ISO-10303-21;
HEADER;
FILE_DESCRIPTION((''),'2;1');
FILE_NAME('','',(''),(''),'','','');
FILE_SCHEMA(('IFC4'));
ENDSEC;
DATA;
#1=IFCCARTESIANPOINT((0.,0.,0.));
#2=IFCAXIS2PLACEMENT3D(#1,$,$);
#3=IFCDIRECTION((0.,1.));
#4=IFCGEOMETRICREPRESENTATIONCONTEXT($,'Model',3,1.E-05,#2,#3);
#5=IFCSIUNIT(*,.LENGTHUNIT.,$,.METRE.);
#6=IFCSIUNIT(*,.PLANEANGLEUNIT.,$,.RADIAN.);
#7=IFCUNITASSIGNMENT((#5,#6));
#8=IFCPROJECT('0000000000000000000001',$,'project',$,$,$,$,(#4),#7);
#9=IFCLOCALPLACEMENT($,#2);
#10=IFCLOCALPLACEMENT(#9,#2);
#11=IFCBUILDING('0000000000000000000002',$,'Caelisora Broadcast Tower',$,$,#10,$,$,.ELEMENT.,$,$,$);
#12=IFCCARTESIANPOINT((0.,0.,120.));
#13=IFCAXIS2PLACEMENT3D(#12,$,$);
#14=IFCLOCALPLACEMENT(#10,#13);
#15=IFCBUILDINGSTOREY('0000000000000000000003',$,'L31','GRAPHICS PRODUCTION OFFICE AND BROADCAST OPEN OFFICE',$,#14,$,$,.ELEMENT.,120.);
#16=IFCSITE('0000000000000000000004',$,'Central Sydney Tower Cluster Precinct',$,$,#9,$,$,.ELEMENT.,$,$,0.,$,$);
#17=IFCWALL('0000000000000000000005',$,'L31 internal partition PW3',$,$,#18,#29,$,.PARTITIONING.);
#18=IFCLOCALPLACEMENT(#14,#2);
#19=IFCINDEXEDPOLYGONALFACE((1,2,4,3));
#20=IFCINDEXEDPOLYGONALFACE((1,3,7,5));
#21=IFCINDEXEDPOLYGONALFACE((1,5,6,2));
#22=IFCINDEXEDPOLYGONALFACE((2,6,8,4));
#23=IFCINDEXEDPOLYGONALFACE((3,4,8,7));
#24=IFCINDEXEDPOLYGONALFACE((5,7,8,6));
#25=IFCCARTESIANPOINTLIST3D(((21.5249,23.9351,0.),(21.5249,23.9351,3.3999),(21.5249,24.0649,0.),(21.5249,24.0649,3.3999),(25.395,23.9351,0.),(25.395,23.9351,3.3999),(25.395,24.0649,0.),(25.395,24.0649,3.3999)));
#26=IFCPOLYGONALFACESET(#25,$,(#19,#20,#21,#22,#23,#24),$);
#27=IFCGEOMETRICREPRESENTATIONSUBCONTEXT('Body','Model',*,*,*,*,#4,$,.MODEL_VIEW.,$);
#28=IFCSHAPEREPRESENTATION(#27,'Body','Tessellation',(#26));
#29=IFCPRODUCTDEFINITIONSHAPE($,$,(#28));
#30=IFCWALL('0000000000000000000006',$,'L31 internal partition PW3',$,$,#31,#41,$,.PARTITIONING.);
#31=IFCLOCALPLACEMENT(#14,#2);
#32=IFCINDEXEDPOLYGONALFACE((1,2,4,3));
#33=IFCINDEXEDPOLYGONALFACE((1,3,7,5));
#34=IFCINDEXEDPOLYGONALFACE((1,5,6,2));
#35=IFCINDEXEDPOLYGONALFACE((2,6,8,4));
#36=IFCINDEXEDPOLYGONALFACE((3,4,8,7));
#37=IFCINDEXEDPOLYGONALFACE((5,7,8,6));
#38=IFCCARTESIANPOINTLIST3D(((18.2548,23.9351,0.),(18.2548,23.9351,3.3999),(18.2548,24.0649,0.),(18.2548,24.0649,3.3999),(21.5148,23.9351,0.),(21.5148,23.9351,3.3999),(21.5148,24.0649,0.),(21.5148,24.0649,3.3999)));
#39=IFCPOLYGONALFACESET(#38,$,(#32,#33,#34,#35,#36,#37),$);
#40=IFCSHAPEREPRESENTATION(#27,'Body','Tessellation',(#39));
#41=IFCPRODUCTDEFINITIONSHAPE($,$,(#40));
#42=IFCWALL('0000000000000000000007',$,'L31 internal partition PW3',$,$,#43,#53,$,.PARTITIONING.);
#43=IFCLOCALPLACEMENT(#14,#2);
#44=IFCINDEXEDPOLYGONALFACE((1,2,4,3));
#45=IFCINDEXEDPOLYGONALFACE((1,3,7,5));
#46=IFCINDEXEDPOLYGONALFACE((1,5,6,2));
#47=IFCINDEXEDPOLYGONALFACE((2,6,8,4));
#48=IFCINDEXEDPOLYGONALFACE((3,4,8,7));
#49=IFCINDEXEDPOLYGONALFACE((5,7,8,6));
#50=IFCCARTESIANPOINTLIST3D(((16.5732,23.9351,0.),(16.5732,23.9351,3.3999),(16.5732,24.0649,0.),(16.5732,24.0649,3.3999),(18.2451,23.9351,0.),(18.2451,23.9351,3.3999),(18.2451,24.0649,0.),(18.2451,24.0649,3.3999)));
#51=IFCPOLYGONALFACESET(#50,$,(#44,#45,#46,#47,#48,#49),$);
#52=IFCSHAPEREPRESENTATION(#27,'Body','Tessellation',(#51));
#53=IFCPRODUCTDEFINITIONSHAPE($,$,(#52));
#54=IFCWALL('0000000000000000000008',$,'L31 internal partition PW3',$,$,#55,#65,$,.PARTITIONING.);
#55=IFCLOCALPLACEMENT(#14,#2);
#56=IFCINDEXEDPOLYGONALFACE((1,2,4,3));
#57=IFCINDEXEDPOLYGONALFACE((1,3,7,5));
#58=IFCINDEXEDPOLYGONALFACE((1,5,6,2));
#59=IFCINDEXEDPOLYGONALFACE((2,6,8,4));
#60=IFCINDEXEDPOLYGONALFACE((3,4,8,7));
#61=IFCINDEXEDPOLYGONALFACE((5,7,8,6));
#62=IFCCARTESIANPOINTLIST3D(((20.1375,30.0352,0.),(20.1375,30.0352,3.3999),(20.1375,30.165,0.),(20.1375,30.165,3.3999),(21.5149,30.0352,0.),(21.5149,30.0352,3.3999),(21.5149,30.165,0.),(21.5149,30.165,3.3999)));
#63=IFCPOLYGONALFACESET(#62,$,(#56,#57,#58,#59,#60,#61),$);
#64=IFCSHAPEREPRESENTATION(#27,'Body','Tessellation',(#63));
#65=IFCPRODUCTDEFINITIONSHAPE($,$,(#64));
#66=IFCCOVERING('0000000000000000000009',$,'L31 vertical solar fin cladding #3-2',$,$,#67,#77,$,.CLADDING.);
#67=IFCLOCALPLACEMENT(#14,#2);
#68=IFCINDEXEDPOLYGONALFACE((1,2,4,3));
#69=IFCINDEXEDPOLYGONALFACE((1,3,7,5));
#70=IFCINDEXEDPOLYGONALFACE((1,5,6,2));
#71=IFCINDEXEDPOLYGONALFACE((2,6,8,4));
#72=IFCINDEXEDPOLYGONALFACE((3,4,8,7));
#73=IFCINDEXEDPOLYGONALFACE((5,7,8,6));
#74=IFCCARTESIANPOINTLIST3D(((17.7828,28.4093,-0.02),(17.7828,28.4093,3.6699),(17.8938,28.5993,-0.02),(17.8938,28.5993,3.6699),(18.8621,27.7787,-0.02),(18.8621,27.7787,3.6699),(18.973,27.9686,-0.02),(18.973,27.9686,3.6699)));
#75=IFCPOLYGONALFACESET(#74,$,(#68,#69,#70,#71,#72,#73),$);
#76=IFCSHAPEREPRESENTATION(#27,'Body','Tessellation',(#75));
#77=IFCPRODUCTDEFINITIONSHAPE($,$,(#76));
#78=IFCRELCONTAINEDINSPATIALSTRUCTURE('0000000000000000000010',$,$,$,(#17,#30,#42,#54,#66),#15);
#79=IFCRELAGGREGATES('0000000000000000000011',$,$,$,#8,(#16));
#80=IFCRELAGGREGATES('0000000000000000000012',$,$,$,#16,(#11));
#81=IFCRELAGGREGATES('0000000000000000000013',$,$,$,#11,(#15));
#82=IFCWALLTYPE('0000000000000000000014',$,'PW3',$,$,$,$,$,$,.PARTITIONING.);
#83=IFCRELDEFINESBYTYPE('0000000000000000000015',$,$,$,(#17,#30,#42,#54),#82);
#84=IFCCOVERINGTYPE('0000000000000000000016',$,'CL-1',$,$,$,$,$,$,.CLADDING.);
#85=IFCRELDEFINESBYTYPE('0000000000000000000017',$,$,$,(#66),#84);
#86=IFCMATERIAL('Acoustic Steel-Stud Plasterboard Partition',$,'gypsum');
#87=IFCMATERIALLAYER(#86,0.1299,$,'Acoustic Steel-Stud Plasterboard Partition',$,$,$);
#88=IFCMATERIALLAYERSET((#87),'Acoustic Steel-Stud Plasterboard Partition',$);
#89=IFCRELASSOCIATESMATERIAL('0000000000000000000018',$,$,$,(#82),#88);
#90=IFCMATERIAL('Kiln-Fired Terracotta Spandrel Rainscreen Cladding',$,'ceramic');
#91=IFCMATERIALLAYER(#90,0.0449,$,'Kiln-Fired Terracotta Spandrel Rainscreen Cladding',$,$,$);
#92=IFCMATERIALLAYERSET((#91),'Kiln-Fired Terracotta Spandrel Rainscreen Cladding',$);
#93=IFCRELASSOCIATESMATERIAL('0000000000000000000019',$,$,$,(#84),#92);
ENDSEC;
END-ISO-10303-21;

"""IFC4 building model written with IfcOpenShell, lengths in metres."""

from ifc_helpers import new_model, si_unit, direction, frame, frame_2d, origin, origin_2d, place, context, subcontext, project, spatial, rectangle, extrude, source, transform, mapped, material, layer, layer_set, type_object, type_shapes, element, save


model = new_model("IFC4")

# Units and contexts
model_context = context("Model", 3, precision=1e-05, world=origin(), true_north=direction((0.0, 1.0)))
body_context = subcontext(model_context, "Body", "Model", "MODEL_VIEW")
ifc_project = project(units=[si_unit("LENGTHUNIT", "METRE"), si_unit("PLANEANGLEUNIT", "RADIAN")], contexts=[model_context])

# Site, building, storey
site_placement = place(None, origin())
site = spatial("IfcSite", under=ifc_project, at=site_placement, Name="Central Sydney Tower Cluster Precinct", CompositionType="ELEMENT", RefElevation=0.0)
building_placement = place(site_placement, origin())
building = spatial("IfcBuilding", under=site, at=building_placement, Name="Caelisora Broadcast Tower", CompositionType="ELEMENT")
storey_placement = place(building_placement, frame((0.0, 0.0, 120.0)))
storey = spatial("IfcBuildingStorey", under=building, at=storey_placement, Name="L31", Description="GRAPHICS PRODUCTION OFFICE AND BROADCAST OPEN OFFICE", CompositionType="ELEMENT", Elevation=120.0)

# Shared definitions
ifc_material_1 = material(Name="Acoustic Steel-Stud Plasterboard Partition", Category="gypsum")
ifc_layer_1 = layer(ifc_material_1, 0.1299, Name="Acoustic Steel-Stud Plasterboard Partition")
ifc_layer_set_1 = layer_set([ifc_layer_1], Name="Acoustic Steel-Stud Plasterboard Partition")
wall_type = type_object("IfcWallType", Name="PW3", PredefinedType="PARTITIONING", material=ifc_layer_set_1)

# Walls
wall_1_placement = place(storey_placement, frame((21.5249, 24.0, 0.0), z_axis=(0.0, 0.0, 1.0), x_axis=(1.0, 0.0, 0.0)))
element("IfcWall", 1, at=wall_1_placement, inside=storey, type_object=wall_type, Name="L31 internal partition PW3", PredefinedType="PARTITIONING", context=body_context, shape_type="SweptSolid", body=[
    extrude(rectangle(XDim=3.8701, YDim=0.1299, at=frame_2d((1.9351, 0.0))), origin(), (0.0, 0.0, 1.0), 3.3999),
])
wall_2_placement = place(storey_placement, frame((18.2549, 24.0, 0.0), z_axis=(0.0, 0.0, 1.0), x_axis=(1.0, 0.0, 0.0)))
element("IfcWall", 2, at=wall_2_placement, inside=storey, type_object=wall_type, Name="L31 internal partition PW3", PredefinedType="PARTITIONING", context=body_context, shape_type="SweptSolid", body=[
    extrude(rectangle(XDim=3.26, YDim=0.1299, at=frame_2d((1.6299, 0.0))), origin(), (0.0, 0.0, 1.0), 3.3999),
])
wall_3_placement = place(storey_placement, frame((16.5732, 24.0, 0.0), z_axis=(0.0, 0.0, 1.0), x_axis=(1.0, 0.0, 0.0)))
element("IfcWall", 3, at=wall_3_placement, inside=storey, type_object=wall_type, Name="L31 internal partition PW3", PredefinedType="PARTITIONING", context=body_context, shape_type="SweptSolid", body=[
    extrude(rectangle(XDim=1.6719, YDim=0.1299, at=frame_2d((0.8359, 0.0))), origin(), (0.0, 0.0, 1.0), 3.3999),
])
wall_4_placement = place(storey_placement, frame((20.1375, 30.1001, 0.0), z_axis=(0.0, 0.0, 1.0), x_axis=(1.0, 0.0, 0.0)))
element("IfcWall", 4, at=wall_4_placement, inside=storey, type_object=wall_type, Name="L31 internal partition PW3", PredefinedType="PARTITIONING", context=body_context, shape_type="SweptSolid", body=[
    extrude(rectangle(XDim=1.3774, YDim=0.1299, at=frame_2d((0.6887, 0.0))), origin(), (0.0, 0.0, 1.0), 3.3999),
])

# Covering
ifc_material_2 = material(Name="Kiln-Fired Terracotta Spandrel Rainscreen Cladding", Category="ceramic")
ifc_layer_2 = layer(ifc_material_2, 0.0449, Name="Kiln-Fired Terracotta Spandrel Rainscreen Cladding")
ifc_layer_set_2 = layer_set([ifc_layer_2], Name="Kiln-Fired Terracotta Spandrel Rainscreen Cladding")
covering_type = type_object("IfcCoveringType", Name="CL-1", PredefinedType="CLADDING", material=ifc_layer_set_2)
shared_shape_1 = source(origin(), body_context, "Body", "SweptSolid", [
    extrude(rectangle(XDim=0.22, YDim=1.25, at=origin_2d()), origin(), (0.0, 0.0, 1.0), 3.6899),
])
type_shapes(covering_type, [shared_shape_1])
covering_placement = place(storey_placement, frame((18.3779, 28.189, -0.02), z_axis=(0.0, 0.0, 1.0), x_axis=(0.504528, 0.863396, 0.0)))
element("IfcCovering", 5, at=covering_placement, inside=storey, type_object=covering_type, Name="L31 vertical solar fin cladding #3-2", PredefinedType="CLADDING", context=body_context, shape_type="MappedRepresentation", body=[
    mapped(shared_shape_1, transform((0.0, 0.0, 0.0), scale=1.0)),
])

save(model, "model.ifc")
